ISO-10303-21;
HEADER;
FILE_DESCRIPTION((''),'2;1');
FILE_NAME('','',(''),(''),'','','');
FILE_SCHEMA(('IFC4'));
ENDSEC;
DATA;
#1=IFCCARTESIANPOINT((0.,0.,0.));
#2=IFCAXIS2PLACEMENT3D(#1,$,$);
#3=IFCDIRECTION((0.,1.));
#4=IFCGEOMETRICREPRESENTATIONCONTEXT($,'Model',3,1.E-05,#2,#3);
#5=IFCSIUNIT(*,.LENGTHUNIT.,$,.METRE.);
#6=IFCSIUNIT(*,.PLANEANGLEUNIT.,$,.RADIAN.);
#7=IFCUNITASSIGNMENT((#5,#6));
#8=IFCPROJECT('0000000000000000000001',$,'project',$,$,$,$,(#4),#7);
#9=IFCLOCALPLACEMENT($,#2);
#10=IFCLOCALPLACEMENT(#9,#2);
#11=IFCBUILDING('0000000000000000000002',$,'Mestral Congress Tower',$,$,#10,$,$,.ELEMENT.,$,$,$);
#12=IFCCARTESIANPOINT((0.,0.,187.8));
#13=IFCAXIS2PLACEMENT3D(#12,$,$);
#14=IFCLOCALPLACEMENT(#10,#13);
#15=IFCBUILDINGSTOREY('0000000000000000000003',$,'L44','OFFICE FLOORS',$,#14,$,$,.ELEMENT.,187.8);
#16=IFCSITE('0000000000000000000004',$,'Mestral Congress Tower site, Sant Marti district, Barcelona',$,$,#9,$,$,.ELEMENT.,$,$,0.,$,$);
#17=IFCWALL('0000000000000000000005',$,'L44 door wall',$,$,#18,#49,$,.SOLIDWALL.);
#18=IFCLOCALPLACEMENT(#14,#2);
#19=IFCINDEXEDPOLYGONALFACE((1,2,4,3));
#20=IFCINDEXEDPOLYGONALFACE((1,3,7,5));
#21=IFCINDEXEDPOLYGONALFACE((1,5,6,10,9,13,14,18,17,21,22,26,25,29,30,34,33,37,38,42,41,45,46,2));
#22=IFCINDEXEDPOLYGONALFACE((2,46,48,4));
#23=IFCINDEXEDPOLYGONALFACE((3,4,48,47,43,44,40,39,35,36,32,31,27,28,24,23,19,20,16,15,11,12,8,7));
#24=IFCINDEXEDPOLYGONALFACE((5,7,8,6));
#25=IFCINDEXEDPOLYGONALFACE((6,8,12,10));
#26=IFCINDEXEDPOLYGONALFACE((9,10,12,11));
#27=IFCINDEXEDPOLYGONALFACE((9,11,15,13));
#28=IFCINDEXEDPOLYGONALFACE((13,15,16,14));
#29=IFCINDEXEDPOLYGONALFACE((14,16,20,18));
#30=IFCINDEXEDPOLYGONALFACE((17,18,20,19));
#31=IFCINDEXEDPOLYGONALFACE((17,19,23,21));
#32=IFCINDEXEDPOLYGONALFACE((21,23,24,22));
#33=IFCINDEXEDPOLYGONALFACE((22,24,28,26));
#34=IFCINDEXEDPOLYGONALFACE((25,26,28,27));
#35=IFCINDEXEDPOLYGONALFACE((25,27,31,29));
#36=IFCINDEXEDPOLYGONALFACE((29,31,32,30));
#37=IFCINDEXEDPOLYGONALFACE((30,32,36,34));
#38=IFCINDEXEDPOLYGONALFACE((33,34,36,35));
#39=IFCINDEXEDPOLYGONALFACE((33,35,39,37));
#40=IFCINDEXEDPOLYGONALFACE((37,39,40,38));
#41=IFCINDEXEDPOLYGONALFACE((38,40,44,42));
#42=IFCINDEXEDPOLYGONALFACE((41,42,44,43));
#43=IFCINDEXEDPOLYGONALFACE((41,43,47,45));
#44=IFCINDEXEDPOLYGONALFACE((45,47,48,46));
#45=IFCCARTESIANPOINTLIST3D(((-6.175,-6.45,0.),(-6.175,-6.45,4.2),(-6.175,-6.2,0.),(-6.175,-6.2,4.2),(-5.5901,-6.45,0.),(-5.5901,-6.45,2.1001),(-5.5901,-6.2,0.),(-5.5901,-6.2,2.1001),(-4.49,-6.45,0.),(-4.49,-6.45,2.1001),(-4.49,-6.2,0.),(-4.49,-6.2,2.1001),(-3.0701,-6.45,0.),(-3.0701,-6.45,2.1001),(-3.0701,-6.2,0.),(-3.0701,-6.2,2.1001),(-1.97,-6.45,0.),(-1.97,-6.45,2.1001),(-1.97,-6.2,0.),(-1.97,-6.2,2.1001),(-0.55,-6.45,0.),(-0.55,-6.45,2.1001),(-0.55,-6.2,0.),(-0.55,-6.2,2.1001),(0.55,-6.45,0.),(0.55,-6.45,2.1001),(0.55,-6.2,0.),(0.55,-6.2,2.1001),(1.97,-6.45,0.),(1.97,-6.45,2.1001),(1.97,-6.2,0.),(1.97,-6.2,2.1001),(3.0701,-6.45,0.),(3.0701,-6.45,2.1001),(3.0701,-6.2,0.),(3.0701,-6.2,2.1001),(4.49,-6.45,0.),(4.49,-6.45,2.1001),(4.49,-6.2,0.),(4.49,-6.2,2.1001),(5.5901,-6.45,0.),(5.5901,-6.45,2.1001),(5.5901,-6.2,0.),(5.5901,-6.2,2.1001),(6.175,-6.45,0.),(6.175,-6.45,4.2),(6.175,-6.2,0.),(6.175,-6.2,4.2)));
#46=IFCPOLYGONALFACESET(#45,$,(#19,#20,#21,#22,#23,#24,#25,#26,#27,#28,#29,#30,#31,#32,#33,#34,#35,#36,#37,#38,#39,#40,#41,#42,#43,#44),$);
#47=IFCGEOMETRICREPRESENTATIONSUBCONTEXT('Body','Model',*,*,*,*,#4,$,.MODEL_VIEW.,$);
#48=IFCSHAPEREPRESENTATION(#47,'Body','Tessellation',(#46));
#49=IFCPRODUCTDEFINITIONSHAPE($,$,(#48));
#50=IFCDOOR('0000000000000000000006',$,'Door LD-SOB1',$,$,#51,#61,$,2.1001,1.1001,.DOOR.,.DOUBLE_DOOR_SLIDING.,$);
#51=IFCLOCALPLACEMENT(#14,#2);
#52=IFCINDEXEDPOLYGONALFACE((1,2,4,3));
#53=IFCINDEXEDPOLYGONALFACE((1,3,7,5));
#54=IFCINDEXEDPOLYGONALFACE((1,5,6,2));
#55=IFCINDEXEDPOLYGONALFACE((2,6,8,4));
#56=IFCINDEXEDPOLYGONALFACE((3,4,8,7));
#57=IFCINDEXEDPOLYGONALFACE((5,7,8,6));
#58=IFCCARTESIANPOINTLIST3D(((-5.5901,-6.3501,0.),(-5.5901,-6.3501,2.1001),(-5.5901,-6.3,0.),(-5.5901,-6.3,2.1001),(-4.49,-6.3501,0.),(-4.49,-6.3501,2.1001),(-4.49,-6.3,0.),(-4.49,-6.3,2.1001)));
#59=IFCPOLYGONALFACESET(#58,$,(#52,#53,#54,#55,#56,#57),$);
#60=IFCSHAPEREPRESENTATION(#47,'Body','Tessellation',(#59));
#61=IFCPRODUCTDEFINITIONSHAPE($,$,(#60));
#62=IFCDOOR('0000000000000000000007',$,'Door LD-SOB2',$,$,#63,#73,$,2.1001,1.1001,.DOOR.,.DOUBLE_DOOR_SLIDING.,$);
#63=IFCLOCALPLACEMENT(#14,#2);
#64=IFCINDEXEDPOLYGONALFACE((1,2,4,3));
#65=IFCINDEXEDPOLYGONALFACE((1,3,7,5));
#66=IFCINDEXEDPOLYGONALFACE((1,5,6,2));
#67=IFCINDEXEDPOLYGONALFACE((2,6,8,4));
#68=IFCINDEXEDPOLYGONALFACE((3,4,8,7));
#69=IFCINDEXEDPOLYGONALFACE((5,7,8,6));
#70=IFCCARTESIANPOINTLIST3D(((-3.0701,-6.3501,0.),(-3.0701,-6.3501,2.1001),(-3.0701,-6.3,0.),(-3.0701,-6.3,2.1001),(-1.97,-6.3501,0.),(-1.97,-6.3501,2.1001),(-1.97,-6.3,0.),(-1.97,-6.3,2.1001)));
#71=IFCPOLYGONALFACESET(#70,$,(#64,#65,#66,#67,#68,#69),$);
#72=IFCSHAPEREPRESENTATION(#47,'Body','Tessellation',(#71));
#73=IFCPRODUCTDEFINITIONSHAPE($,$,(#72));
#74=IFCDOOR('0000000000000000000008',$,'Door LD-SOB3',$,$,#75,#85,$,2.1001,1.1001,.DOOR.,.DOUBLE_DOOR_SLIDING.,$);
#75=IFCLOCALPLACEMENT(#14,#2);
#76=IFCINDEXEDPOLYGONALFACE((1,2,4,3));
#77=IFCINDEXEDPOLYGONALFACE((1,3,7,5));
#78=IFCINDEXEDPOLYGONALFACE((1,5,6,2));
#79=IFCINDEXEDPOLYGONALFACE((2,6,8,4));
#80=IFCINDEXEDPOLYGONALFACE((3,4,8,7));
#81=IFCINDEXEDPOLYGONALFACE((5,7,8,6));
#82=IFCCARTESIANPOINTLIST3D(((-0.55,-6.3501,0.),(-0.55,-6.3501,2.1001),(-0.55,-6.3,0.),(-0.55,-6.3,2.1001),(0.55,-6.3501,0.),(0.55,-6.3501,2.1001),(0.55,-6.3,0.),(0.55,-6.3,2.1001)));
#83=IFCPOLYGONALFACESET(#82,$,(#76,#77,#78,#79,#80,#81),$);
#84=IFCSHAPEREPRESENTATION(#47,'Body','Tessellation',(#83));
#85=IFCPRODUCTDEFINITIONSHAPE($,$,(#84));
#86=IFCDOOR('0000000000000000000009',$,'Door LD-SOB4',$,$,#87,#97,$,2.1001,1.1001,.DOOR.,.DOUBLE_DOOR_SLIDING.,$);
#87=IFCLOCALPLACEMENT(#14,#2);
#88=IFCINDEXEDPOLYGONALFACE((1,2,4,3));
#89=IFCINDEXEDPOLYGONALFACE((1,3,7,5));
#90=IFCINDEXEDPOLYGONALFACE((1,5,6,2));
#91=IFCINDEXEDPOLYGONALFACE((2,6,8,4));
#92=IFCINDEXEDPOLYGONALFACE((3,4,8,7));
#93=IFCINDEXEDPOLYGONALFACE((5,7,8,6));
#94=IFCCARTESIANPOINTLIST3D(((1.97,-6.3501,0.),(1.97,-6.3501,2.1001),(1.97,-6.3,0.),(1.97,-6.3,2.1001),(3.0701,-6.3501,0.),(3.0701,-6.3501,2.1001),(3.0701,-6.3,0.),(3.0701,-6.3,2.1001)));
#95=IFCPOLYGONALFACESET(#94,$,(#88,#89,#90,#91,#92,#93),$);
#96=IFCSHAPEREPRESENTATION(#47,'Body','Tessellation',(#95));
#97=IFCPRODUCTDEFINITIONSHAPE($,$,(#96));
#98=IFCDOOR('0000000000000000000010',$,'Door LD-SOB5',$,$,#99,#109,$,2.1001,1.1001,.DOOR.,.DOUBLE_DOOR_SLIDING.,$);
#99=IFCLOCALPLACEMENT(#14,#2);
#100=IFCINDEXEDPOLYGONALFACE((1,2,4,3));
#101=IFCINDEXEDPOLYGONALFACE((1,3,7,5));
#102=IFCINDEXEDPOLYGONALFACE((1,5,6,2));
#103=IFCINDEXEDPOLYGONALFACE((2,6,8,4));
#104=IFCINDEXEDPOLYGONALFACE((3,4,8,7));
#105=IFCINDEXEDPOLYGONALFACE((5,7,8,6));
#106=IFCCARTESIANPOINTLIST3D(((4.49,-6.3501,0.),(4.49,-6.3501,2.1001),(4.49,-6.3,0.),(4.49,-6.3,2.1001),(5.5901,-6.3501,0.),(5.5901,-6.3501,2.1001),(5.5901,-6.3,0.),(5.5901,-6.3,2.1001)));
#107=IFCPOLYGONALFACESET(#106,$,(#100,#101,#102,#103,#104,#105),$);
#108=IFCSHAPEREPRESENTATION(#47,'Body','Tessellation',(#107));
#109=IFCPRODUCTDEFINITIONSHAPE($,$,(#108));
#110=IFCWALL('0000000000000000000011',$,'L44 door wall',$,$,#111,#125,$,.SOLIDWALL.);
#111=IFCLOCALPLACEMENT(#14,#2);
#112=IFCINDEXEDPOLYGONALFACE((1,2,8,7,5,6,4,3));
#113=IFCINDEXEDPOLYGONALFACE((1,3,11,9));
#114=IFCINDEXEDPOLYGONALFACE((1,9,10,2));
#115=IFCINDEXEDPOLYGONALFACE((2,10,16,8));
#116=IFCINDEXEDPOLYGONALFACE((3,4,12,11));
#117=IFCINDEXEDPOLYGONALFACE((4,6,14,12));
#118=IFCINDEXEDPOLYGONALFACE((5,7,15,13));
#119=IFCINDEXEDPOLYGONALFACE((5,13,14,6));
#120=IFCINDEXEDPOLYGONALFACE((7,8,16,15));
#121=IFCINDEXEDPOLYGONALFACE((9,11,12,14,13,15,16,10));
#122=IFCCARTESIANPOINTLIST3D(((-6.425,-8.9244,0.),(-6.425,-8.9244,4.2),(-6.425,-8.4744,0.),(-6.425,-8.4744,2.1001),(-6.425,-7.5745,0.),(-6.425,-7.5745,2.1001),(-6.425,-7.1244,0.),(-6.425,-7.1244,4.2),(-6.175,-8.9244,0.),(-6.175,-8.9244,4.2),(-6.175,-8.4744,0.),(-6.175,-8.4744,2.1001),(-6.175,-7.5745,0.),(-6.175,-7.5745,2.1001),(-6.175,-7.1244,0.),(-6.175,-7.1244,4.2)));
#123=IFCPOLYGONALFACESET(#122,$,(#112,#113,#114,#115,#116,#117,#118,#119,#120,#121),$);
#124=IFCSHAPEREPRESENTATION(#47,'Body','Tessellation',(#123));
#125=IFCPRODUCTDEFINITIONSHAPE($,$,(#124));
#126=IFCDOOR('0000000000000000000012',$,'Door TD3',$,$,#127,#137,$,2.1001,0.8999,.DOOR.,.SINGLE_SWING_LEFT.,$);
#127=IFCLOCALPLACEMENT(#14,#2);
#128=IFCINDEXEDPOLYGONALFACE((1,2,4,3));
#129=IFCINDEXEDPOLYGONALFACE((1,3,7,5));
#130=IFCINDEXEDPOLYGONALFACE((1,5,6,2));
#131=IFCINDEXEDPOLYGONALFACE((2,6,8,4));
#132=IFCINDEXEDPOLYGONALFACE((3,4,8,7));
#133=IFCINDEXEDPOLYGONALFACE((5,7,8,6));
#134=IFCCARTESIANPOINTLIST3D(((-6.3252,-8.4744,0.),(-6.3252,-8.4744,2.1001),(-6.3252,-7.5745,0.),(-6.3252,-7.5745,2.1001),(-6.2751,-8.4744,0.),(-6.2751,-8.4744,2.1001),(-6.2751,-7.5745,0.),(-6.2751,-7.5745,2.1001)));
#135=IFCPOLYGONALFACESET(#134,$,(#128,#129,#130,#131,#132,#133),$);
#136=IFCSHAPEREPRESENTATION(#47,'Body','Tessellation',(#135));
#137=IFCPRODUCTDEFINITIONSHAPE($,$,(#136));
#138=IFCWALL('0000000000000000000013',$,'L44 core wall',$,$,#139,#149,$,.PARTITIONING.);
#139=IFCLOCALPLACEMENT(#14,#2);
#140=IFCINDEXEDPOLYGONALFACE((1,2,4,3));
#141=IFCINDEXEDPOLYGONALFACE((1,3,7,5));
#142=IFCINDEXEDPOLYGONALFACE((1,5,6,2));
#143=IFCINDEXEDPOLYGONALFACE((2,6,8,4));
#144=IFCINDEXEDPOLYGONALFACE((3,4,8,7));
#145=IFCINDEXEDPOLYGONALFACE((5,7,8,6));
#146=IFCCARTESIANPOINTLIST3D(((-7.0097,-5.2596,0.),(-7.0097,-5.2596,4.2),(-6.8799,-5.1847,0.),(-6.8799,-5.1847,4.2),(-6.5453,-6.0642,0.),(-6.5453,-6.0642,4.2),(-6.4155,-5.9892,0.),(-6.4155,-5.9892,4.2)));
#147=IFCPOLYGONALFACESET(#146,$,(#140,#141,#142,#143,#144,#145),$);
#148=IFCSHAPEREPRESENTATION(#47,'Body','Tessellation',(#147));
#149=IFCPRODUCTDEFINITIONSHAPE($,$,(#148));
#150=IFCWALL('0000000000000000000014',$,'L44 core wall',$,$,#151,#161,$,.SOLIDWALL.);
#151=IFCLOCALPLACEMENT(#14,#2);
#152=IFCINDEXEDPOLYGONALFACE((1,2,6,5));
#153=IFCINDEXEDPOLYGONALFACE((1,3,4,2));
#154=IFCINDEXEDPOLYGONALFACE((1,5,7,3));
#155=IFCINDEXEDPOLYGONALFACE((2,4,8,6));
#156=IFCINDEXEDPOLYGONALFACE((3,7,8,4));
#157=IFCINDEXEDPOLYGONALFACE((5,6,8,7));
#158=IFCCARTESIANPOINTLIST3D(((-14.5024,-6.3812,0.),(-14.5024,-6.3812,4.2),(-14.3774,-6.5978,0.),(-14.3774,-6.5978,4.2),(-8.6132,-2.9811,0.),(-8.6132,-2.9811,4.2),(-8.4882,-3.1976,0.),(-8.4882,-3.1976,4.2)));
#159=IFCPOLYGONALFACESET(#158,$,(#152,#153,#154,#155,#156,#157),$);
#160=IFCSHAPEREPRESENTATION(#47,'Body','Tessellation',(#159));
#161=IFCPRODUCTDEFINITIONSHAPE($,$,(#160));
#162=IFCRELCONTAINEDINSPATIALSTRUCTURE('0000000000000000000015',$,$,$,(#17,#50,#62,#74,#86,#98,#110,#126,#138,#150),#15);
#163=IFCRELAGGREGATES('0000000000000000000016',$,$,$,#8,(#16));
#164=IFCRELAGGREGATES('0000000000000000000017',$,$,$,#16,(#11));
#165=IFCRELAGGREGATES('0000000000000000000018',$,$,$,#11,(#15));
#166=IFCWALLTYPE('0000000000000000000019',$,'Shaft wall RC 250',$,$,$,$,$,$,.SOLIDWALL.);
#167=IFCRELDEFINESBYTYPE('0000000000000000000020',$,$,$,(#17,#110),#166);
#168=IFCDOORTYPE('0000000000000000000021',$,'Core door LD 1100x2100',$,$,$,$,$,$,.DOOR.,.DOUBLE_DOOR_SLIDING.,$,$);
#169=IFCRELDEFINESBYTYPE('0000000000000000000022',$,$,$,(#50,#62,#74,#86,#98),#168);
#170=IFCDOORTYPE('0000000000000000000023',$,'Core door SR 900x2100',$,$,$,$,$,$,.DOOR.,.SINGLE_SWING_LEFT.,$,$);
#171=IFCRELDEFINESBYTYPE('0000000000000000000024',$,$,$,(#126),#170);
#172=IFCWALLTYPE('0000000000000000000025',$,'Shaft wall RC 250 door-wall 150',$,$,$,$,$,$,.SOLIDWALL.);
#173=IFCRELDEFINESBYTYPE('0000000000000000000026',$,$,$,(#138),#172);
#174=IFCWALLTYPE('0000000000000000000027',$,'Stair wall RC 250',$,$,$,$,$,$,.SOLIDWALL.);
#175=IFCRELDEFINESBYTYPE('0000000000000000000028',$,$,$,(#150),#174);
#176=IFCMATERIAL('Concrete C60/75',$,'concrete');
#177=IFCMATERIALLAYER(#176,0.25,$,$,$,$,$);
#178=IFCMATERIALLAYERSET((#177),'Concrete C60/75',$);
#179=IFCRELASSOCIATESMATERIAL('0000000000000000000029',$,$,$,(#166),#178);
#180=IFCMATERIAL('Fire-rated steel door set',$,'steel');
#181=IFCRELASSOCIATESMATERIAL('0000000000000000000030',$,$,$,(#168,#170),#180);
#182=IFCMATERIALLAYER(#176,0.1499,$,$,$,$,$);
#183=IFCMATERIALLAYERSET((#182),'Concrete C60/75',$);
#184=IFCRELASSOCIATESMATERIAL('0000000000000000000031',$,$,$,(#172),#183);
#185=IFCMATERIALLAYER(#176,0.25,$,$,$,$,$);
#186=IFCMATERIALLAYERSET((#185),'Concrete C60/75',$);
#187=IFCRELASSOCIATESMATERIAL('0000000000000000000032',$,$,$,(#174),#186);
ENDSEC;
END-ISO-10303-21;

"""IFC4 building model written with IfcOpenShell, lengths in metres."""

from ifc_helpers import new_model, si_unit, direction, frame, frame_2d, origin, place, context, subcontext, project, spatial, rectangle, extrude, material, layer, layer_set, type_object, element, fill, save


model = new_model("IFC4")

# Units and contexts
model_context = context("Model", 3, precision=1e-05, world=origin(), true_north=direction((0.0, 1.0)))
body_context = subcontext(model_context, "Body", "Model", "MODEL_VIEW")
ifc_project = project(units=[si_unit("LENGTHUNIT", "METRE"), si_unit("PLANEANGLEUNIT", "RADIAN")], contexts=[model_context])

# Site, building, storey
site_placement = place(None, origin())
site = spatial("IfcSite", under=ifc_project, at=site_placement, Name="Mestral Congress Tower site, Sant Marti district, Barcelona", CompositionType="ELEMENT", RefElevation=0.0)
building_placement = place(site_placement, origin())
building = spatial("IfcBuilding", under=site, at=building_placement, Name="Mestral Congress Tower", CompositionType="ELEMENT")
storey_placement = place(building_placement, frame((0.0, 0.0, 187.8)))
storey = spatial("IfcBuildingStorey", under=building, at=storey_placement, Name="L44", Description="OFFICE FLOORS", CompositionType="ELEMENT", Elevation=187.8)

# Shared definitions
ifc_material_1 = material(Name="Fire-rated steel door set", Category="steel")

# Shared definitions
ifc_material_2 = material(Name="Concrete C60/75", Category="concrete")
ifc_layer_1 = layer(ifc_material_2, 0.25)
ifc_layer_set_1 = layer_set([ifc_layer_1], Name="Concrete C60/75")
wall_type_1 = type_object("IfcWallType", Name="Shaft wall RC 250", PredefinedType="SOLIDWALL", material=ifc_layer_set_1)

# Wall, openings, doors
wall_1_placement = place(storey_placement, frame((-6.175, -6.325, 0.0), z_axis=(0.0, 0.0, 1.0), x_axis=(1.0, 0.0, 0.0)))
wall_1 = element("IfcWall", 1, at=wall_1_placement, inside=storey, type_object=wall_type_1, Name="L44 door wall", PredefinedType="SOLIDWALL", context=body_context, shape_type="SweptSolid", body=[
    extrude(rectangle(XDim=12.3501, YDim=0.25, at=frame_2d((6.175, 0.0))), origin(), (0.0, 0.0, 1.0), 4.2),
])
opening_1_placement = place(wall_1_placement, frame((0.585, 0.0, 0.0)))
opening_1 = element("IfcOpeningElement", 2, at=opening_1_placement, cuts=wall_1, PredefinedType="OPENING", context=body_context, shape_type="SweptSolid", body=[
    extrude(rectangle(XDim=1.1001, YDim=2.1001, at=frame_2d((0.55, 1.05))), frame((0.0, 0.135, 0.0), z_axis=(0.0, -1.0, 0.0), x_axis=(1.0, 0.0, 0.0)), (0.0, 0.0, 1.0), 0.27),
])
opening_2_placement = place(wall_1_placement, frame((3.105, 0.0, 0.0)))
opening_2 = element("IfcOpeningElement", 3, at=opening_2_placement, cuts=wall_1, PredefinedType="OPENING", context=body_context, shape_type="SweptSolid", body=[
    extrude(rectangle(XDim=1.1001, YDim=2.1001, at=frame_2d((0.55, 1.05))), frame((0.0, 0.135, 0.0), z_axis=(0.0, -1.0, 0.0), x_axis=(1.0, 0.0, 0.0)), (0.0, 0.0, 1.0), 0.27),
])
opening_3_placement = place(wall_1_placement, frame((5.625, 0.0, 0.0)))
opening_3 = element("IfcOpeningElement", 4, at=opening_3_placement, cuts=wall_1, PredefinedType="OPENING", context=body_context, shape_type="SweptSolid", body=[
    extrude(rectangle(XDim=1.1001, YDim=2.1001, at=frame_2d((0.55, 1.05))), frame((0.0, 0.135, 0.0), z_axis=(0.0, -1.0, 0.0), x_axis=(1.0, 0.0, 0.0)), (0.0, 0.0, 1.0), 0.27),
])
opening_4_placement = place(wall_1_placement, frame((8.145, 0.0, 0.0)))
opening_4 = element("IfcOpeningElement", 5, at=opening_4_placement, cuts=wall_1, PredefinedType="OPENING", context=body_context, shape_type="SweptSolid", body=[
    extrude(rectangle(XDim=1.1001, YDim=2.1001, at=frame_2d((0.55, 1.05))), frame((0.0, 0.135, 0.0), z_axis=(0.0, -1.0, 0.0), x_axis=(1.0, 0.0, 0.0)), (0.0, 0.0, 1.0), 0.27),
])
opening_5_placement = place(wall_1_placement, frame((10.665, 0.0, 0.0)))
opening_5 = element("IfcOpeningElement", 6, at=opening_5_placement, cuts=wall_1, PredefinedType="OPENING", context=body_context, shape_type="SweptSolid", body=[
    extrude(rectangle(XDim=1.1001, YDim=2.1001, at=frame_2d((0.55, 1.05))), frame((0.0, 0.135, 0.0), z_axis=(0.0, -1.0, 0.0), x_axis=(1.0, 0.0, 0.0)), (0.0, 0.0, 1.0), 0.27),
])
door_type_1 = type_object("IfcDoorType", Name="Core door LD 1100x2100", OperationType="DOUBLE_DOOR_SLIDING", PredefinedType="DOOR", material=ifc_material_1)
door_1_placement = place(opening_1_placement, origin())
door_1 = element("IfcDoor", 7, at=door_1_placement, inside=storey, type_object=door_type_1, Name="Door LD-SOB1", OperationType="DOUBLE_DOOR_SLIDING", OverallHeight=2.1001, OverallWidth=1.1001, PredefinedType="DOOR", context=body_context, shape_type="SweptSolid", body=[
    extrude(rectangle(XDim=1.1001, YDim=2.1001, at=frame_2d((0.55, 1.05))), frame((0.0, 0.0249, 0.0), z_axis=(0.0, -1.0, 0.0), x_axis=(1.0, 0.0, 0.0)), (0.0, 0.0, 1.0), 0.05),
])
fill(opening_1, door_1)
door_2_placement = place(opening_2_placement, origin())
door_2 = element("IfcDoor", 8, at=door_2_placement, inside=storey, type_object=door_type_1, Name="Door LD-SOB2", OperationType="DOUBLE_DOOR_SLIDING", OverallHeight=2.1001, OverallWidth=1.1001, PredefinedType="DOOR", context=body_context, shape_type="SweptSolid", body=[
    extrude(rectangle(XDim=1.1001, YDim=2.1001, at=frame_2d((0.55, 1.05))), frame((0.0, 0.0249, 0.0), z_axis=(0.0, -1.0, 0.0), x_axis=(1.0, 0.0, 0.0)), (0.0, 0.0, 1.0), 0.05),
])
fill(opening_2, door_2)
door_3_placement = place(opening_3_placement, origin())
door_3 = element("IfcDoor", 9, at=door_3_placement, inside=storey, type_object=door_type_1, Name="Door LD-SOB3", OperationType="DOUBLE_DOOR_SLIDING", OverallHeight=2.1001, OverallWidth=1.1001, PredefinedType="DOOR", context=body_context, shape_type="SweptSolid", body=[
    extrude(rectangle(XDim=1.1001, YDim=2.1001, at=frame_2d((0.55, 1.05))), frame((0.0, 0.0249, 0.0), z_axis=(0.0, -1.0, 0.0), x_axis=(1.0, 0.0, 0.0)), (0.0, 0.0, 1.0), 0.05),
])
fill(opening_3, door_3)
door_4_placement = place(opening_4_placement, origin())
door_4 = element("IfcDoor", 10, at=door_4_placement, inside=storey, type_object=door_type_1, Name="Door LD-SOB4", OperationType="DOUBLE_DOOR_SLIDING", OverallHeight=2.1001, OverallWidth=1.1001, PredefinedType="DOOR", context=body_context, shape_type="SweptSolid", body=[
    extrude(rectangle(XDim=1.1001, YDim=2.1001, at=frame_2d((0.55, 1.05))), frame((0.0, 0.0249, 0.0), z_axis=(0.0, -1.0, 0.0), x_axis=(1.0, 0.0, 0.0)), (0.0, 0.0, 1.0), 0.05),
])
fill(opening_4, door_4)
door_5_placement = place(opening_5_placement, origin())
door_5 = element("IfcDoor", 11, at=door_5_placement, inside=storey, type_object=door_type_1, Name="Door LD-SOB5", OperationType="DOUBLE_DOOR_SLIDING", OverallHeight=2.1001, OverallWidth=1.1001, PredefinedType="DOOR", context=body_context, shape_type="SweptSolid", body=[
    extrude(rectangle(XDim=1.1001, YDim=2.1001, at=frame_2d((0.55, 1.05))), frame((0.0, 0.0249, 0.0), z_axis=(0.0, -1.0, 0.0), x_axis=(1.0, 0.0, 0.0)), (0.0, 0.0, 1.0), 0.05),
])
fill(opening_5, door_5)

# Wall, opening, door
wall_2_placement = place(storey_placement, frame((-6.3, -7.1245, 0.0), z_axis=(0.0, 0.0, 1.0), x_axis=(0.0, -1.0, 0.0)))
wall_2 = element("IfcWall", 12, at=wall_2_placement, inside=storey, type_object=wall_type_1, Name="L44 door wall", PredefinedType="SOLIDWALL", context=body_context, shape_type="SweptSolid", body=[
    extrude(rectangle(XDim=1.8, YDim=0.25, at=frame_2d((0.8999, 0.0))), origin(), (0.0, 0.0, 1.0), 4.2),
])
opening_6_placement = place(wall_2_placement, frame((0.45, 0.0, 0.0)))
opening_6 = element("IfcOpeningElement", 13, at=opening_6_placement, cuts=wall_2, PredefinedType="OPENING", context=body_context, shape_type="SweptSolid", body=[
    extrude(rectangle(XDim=0.8999, YDim=2.1001, at=frame_2d((0.45, 1.05))), frame((0.0, 0.135, 0.0), z_axis=(0.0, -1.0, 0.0), x_axis=(1.0, 0.0, 0.0)), (0.0, 0.0, 1.0), 0.27),
])
door_type_2 = type_object("IfcDoorType", Name="Core door SR 900x2100", OperationType="SINGLE_SWING_LEFT", PredefinedType="DOOR", material=ifc_material_1)
door_6_placement = place(opening_6_placement, origin())
door_6 = element("IfcDoor", 14, at=door_6_placement, inside=storey, type_object=door_type_2, Name="Door TD3", OperationType="SINGLE_SWING_LEFT", OverallHeight=2.1001, OverallWidth=0.8999, PredefinedType="DOOR", context=body_context, shape_type="SweptSolid", body=[
    extrude(rectangle(XDim=0.8999, YDim=2.1001, at=frame_2d((0.45, 1.05))), frame((0.0, 0.0249, 0.0), z_axis=(0.0, -1.0, 0.0), x_axis=(1.0, 0.0, 0.0)), (0.0, 0.0, 1.0), 0.05),
])
fill(opening_6, door_6)

# Walls
ifc_layer_2 = layer(ifc_material_2, 0.1499)
ifc_layer_set_2 = layer_set([ifc_layer_2], Name="Concrete C60/75")
wall_type_2 = type_object("IfcWallType", Name="Shaft wall RC 250 door-wall 150", PredefinedType="SOLIDWALL", material=ifc_layer_set_2)
wall_3_placement = place(storey_placement, frame((-6.4805, -6.0266, 0.0), z_axis=(0.0, 0.0, 1.0), x_axis=(-0.499927, 0.866067, 0.0)))
element("IfcWall", 15, at=wall_3_placement, inside=storey, type_object=wall_type_2, Name="L44 core wall", PredefinedType="PARTITIONING", context=body_context, shape_type="SweptSolid", body=[
    extrude(rectangle(XDim=0.929, YDim=0.1499, at=frame_2d((0.4644, 0.0))), origin(), (0.0, 0.0, 1.0), 4.2),
])
ifc_layer_3 = layer(ifc_material_2, 0.25)
ifc_layer_set_3 = layer_set([ifc_layer_3], Name="Concrete C60/75")
wall_type_3 = type_object("IfcWallType", Name="Stair wall RC 250", PredefinedType="SOLIDWALL", material=ifc_layer_set_3)
wall_4_placement = place(storey_placement, frame((-14.4399, -6.4895, 0.0), z_axis=(0.0, 0.0, 1.0), x_axis=(0.866023, 0.500004, 0.0)))
element("IfcWall", 16, at=wall_4_placement, inside=storey, type_object=wall_type_3, Name="L44 core wall", PredefinedType="SOLIDWALL", context=body_context, shape_type="SweptSolid", body=[
    extrude(rectangle(XDim=6.8003, YDim=0.25, at=frame_2d((3.4001, 0.0))), origin(), (0.0, 0.0, 1.0), 4.2),
])

save(model, "model.ifc")
